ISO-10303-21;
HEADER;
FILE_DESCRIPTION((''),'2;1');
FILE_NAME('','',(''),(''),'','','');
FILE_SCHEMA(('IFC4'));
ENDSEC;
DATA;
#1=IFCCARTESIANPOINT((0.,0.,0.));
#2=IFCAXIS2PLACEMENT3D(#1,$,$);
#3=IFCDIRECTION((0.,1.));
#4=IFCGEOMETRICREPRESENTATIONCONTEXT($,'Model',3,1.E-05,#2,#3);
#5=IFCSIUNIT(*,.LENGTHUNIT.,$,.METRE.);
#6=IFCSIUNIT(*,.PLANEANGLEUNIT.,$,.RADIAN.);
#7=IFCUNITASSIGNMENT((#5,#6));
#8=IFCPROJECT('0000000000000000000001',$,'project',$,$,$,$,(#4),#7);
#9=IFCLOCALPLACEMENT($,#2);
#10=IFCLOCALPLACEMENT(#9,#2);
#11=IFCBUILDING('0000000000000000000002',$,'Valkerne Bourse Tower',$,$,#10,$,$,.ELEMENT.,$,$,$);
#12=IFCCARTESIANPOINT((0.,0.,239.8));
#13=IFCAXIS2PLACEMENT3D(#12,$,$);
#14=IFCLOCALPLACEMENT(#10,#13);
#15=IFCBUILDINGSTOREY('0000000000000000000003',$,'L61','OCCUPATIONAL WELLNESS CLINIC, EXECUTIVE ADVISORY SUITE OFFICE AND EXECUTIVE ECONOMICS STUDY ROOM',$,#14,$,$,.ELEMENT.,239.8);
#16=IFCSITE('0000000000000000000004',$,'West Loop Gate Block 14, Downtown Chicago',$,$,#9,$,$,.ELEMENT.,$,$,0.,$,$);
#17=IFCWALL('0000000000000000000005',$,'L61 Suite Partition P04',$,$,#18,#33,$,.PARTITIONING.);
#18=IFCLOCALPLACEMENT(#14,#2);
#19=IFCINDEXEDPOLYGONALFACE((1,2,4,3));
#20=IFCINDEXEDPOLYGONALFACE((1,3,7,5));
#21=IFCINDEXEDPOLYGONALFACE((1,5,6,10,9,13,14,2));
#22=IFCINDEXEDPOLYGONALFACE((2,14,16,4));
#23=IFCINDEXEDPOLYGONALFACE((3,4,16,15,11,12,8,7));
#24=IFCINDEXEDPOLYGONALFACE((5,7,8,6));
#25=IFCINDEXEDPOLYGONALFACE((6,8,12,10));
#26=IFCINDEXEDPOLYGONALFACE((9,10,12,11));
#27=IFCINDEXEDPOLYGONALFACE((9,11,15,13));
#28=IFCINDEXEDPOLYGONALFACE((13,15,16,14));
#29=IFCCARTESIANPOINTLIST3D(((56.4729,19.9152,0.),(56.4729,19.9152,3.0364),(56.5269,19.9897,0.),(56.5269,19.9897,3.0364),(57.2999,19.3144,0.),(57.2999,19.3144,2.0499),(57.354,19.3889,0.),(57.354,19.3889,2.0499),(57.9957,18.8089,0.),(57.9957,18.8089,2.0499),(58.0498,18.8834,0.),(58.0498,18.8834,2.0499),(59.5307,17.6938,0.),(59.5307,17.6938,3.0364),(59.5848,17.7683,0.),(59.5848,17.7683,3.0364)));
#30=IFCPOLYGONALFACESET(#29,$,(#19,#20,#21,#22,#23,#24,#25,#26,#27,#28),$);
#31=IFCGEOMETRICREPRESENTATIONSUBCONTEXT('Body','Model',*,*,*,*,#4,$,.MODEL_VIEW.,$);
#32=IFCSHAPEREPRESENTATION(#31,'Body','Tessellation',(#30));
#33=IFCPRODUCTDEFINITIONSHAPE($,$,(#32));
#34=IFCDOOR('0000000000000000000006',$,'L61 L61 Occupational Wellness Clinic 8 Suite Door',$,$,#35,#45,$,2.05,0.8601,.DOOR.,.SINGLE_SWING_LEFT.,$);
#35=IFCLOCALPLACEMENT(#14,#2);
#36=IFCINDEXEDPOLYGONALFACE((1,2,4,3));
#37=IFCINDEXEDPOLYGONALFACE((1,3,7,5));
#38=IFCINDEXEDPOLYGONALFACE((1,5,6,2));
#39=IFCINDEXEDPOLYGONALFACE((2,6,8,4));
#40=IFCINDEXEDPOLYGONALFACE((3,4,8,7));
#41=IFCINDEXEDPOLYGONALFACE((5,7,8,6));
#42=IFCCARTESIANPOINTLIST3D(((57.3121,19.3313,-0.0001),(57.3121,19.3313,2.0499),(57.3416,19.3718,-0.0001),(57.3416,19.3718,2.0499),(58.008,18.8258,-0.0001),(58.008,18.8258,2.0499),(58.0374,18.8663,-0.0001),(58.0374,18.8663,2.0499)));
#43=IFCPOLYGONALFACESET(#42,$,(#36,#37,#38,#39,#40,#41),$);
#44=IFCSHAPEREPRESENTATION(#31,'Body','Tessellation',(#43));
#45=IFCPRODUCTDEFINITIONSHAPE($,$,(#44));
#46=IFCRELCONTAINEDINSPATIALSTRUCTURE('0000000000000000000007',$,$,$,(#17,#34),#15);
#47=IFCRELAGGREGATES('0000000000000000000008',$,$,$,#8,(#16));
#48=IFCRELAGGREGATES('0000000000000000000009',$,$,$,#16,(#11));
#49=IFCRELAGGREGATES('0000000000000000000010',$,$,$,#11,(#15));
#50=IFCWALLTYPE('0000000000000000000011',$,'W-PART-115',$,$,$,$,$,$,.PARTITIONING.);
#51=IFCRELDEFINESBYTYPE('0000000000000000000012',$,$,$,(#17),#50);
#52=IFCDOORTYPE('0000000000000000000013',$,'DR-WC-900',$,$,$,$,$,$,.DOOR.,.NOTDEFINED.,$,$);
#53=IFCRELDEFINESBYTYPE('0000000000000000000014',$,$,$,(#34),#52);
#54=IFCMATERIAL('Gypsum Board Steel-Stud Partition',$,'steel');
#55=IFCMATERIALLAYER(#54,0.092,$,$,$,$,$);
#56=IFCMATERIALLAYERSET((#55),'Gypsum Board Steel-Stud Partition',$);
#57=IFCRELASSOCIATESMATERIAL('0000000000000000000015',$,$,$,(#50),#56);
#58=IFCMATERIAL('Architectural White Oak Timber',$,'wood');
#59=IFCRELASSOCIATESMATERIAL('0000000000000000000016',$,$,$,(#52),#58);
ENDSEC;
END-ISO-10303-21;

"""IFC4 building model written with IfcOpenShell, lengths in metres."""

from ifc_helpers import new_model, si_unit, direction, frame, frame_2d, origin, place, context, subcontext, project, spatial, rectangle, extrude, material, layer, layer_set, type_object, element, fill, save


model = new_model("IFC4")

# Units and contexts
model_context = context("Model", 3, precision=1e-05, world=origin(), true_north=direction((0.0, 1.0)))
body_context = subcontext(model_context, "Body", "Model", "MODEL_VIEW")
ifc_project = project(units=[si_unit("LENGTHUNIT", "METRE"), si_unit("PLANEANGLEUNIT", "RADIAN")], contexts=[model_context])

# Site, building, storey
site_placement = place(None, origin())
site = spatial("IfcSite", under=ifc_project, at=site_placement, Name="West Loop Gate Block 14, Downtown Chicago", CompositionType="ELEMENT", RefElevation=0.0)
building_placement = place(site_placement, origin())
building = spatial("IfcBuilding", under=site, at=building_placement, Name="Valkerne Bourse Tower", CompositionType="ELEMENT")
storey_placement = place(building_placement, frame((0.0, 0.0, 239.8)))
storey = spatial("IfcBuildingStorey", under=building, at=storey_placement, Name="L61", Description="OCCUPATIONAL WELLNESS CLINIC, EXECUTIVE ADVISORY SUITE OFFICE AND EXECUTIVE ECONOMICS STUDY ROOM", CompositionType="ELEMENT", Elevation=239.8)

# Wall, opening, door
ifc_material_1 = material(Name="Gypsum Board Steel-Stud Partition", Category="steel")
ifc_layer_1 = layer(ifc_material_1, 0.092)
ifc_layer_set_1 = layer_set([ifc_layer_1], Name="Gypsum Board Steel-Stud Partition")
wall_type = type_object("IfcWallType", Name="W-PART-115", PredefinedType="PARTITIONING", material=ifc_layer_set_1)
wall_placement = place(storey_placement, frame((56.5, 19.9524, 0.0), z_axis=(0.0, 0.0, 1.0), x_axis=(0.809046, -0.587745, 0.0)))
wall = element("IfcWall", 1, at=wall_placement, inside=storey, type_object=wall_type, Name="L61 Suite Partition P04", PredefinedType="PARTITIONING", context=body_context, shape_type="SweptSolid", body=[
    extrude(rectangle(XDim=3.7795, YDim=0.092, at=frame_2d((1.8896, 0.0))), origin(), (0.0, 0.0, 1.0), 3.0364),
])
opening_placement = place(wall_placement, frame((1.022, 0.0, 0.0)))
opening = element("IfcOpeningElement", 2, at=opening_placement, cuts=wall, PredefinedType="OPENING", context=body_context, shape_type="SweptSolid", body=[
    extrude(rectangle(XDim=0.8601, YDim=2.05, at=frame_2d((0.4302, 1.0249))), frame((0.0, 0.0559, 0.0), z_axis=(0.0, -1.0, 0.0), x_axis=(1.0, 0.0, 0.0)), (0.0, 0.0, 1.0), 0.1121),
])
ifc_material_2 = material(Name="Architectural White Oak Timber", Category="wood")
door_type = type_object("IfcDoorType", Name="DR-WC-900", OperationType="NOTDEFINED", PredefinedType="DOOR", material=ifc_material_2)
door_placement = place(opening_placement, origin())
door = element("IfcDoor", 3, at=door_placement, inside=storey, type_object=door_type, Name="L61 L61 Occupational Wellness Clinic 8 Suite Door", OperationType="SINGLE_SWING_LEFT", OverallHeight=2.05, OverallWidth=0.8601, PredefinedType="DOOR", context=body_context, shape_type="SweptSolid", body=[
    extrude(rectangle(XDim=0.8601, YDim=2.05, at=frame_2d((0.4302, 1.0249))), frame((0.0, 0.0249, 0.0), z_axis=(0.0, -1.0, 0.0), x_axis=(1.0, 0.0, 0.0)), (0.0, 0.0, 1.0), 0.05),
])
fill(opening, door)

save(model, "model.ifc")
